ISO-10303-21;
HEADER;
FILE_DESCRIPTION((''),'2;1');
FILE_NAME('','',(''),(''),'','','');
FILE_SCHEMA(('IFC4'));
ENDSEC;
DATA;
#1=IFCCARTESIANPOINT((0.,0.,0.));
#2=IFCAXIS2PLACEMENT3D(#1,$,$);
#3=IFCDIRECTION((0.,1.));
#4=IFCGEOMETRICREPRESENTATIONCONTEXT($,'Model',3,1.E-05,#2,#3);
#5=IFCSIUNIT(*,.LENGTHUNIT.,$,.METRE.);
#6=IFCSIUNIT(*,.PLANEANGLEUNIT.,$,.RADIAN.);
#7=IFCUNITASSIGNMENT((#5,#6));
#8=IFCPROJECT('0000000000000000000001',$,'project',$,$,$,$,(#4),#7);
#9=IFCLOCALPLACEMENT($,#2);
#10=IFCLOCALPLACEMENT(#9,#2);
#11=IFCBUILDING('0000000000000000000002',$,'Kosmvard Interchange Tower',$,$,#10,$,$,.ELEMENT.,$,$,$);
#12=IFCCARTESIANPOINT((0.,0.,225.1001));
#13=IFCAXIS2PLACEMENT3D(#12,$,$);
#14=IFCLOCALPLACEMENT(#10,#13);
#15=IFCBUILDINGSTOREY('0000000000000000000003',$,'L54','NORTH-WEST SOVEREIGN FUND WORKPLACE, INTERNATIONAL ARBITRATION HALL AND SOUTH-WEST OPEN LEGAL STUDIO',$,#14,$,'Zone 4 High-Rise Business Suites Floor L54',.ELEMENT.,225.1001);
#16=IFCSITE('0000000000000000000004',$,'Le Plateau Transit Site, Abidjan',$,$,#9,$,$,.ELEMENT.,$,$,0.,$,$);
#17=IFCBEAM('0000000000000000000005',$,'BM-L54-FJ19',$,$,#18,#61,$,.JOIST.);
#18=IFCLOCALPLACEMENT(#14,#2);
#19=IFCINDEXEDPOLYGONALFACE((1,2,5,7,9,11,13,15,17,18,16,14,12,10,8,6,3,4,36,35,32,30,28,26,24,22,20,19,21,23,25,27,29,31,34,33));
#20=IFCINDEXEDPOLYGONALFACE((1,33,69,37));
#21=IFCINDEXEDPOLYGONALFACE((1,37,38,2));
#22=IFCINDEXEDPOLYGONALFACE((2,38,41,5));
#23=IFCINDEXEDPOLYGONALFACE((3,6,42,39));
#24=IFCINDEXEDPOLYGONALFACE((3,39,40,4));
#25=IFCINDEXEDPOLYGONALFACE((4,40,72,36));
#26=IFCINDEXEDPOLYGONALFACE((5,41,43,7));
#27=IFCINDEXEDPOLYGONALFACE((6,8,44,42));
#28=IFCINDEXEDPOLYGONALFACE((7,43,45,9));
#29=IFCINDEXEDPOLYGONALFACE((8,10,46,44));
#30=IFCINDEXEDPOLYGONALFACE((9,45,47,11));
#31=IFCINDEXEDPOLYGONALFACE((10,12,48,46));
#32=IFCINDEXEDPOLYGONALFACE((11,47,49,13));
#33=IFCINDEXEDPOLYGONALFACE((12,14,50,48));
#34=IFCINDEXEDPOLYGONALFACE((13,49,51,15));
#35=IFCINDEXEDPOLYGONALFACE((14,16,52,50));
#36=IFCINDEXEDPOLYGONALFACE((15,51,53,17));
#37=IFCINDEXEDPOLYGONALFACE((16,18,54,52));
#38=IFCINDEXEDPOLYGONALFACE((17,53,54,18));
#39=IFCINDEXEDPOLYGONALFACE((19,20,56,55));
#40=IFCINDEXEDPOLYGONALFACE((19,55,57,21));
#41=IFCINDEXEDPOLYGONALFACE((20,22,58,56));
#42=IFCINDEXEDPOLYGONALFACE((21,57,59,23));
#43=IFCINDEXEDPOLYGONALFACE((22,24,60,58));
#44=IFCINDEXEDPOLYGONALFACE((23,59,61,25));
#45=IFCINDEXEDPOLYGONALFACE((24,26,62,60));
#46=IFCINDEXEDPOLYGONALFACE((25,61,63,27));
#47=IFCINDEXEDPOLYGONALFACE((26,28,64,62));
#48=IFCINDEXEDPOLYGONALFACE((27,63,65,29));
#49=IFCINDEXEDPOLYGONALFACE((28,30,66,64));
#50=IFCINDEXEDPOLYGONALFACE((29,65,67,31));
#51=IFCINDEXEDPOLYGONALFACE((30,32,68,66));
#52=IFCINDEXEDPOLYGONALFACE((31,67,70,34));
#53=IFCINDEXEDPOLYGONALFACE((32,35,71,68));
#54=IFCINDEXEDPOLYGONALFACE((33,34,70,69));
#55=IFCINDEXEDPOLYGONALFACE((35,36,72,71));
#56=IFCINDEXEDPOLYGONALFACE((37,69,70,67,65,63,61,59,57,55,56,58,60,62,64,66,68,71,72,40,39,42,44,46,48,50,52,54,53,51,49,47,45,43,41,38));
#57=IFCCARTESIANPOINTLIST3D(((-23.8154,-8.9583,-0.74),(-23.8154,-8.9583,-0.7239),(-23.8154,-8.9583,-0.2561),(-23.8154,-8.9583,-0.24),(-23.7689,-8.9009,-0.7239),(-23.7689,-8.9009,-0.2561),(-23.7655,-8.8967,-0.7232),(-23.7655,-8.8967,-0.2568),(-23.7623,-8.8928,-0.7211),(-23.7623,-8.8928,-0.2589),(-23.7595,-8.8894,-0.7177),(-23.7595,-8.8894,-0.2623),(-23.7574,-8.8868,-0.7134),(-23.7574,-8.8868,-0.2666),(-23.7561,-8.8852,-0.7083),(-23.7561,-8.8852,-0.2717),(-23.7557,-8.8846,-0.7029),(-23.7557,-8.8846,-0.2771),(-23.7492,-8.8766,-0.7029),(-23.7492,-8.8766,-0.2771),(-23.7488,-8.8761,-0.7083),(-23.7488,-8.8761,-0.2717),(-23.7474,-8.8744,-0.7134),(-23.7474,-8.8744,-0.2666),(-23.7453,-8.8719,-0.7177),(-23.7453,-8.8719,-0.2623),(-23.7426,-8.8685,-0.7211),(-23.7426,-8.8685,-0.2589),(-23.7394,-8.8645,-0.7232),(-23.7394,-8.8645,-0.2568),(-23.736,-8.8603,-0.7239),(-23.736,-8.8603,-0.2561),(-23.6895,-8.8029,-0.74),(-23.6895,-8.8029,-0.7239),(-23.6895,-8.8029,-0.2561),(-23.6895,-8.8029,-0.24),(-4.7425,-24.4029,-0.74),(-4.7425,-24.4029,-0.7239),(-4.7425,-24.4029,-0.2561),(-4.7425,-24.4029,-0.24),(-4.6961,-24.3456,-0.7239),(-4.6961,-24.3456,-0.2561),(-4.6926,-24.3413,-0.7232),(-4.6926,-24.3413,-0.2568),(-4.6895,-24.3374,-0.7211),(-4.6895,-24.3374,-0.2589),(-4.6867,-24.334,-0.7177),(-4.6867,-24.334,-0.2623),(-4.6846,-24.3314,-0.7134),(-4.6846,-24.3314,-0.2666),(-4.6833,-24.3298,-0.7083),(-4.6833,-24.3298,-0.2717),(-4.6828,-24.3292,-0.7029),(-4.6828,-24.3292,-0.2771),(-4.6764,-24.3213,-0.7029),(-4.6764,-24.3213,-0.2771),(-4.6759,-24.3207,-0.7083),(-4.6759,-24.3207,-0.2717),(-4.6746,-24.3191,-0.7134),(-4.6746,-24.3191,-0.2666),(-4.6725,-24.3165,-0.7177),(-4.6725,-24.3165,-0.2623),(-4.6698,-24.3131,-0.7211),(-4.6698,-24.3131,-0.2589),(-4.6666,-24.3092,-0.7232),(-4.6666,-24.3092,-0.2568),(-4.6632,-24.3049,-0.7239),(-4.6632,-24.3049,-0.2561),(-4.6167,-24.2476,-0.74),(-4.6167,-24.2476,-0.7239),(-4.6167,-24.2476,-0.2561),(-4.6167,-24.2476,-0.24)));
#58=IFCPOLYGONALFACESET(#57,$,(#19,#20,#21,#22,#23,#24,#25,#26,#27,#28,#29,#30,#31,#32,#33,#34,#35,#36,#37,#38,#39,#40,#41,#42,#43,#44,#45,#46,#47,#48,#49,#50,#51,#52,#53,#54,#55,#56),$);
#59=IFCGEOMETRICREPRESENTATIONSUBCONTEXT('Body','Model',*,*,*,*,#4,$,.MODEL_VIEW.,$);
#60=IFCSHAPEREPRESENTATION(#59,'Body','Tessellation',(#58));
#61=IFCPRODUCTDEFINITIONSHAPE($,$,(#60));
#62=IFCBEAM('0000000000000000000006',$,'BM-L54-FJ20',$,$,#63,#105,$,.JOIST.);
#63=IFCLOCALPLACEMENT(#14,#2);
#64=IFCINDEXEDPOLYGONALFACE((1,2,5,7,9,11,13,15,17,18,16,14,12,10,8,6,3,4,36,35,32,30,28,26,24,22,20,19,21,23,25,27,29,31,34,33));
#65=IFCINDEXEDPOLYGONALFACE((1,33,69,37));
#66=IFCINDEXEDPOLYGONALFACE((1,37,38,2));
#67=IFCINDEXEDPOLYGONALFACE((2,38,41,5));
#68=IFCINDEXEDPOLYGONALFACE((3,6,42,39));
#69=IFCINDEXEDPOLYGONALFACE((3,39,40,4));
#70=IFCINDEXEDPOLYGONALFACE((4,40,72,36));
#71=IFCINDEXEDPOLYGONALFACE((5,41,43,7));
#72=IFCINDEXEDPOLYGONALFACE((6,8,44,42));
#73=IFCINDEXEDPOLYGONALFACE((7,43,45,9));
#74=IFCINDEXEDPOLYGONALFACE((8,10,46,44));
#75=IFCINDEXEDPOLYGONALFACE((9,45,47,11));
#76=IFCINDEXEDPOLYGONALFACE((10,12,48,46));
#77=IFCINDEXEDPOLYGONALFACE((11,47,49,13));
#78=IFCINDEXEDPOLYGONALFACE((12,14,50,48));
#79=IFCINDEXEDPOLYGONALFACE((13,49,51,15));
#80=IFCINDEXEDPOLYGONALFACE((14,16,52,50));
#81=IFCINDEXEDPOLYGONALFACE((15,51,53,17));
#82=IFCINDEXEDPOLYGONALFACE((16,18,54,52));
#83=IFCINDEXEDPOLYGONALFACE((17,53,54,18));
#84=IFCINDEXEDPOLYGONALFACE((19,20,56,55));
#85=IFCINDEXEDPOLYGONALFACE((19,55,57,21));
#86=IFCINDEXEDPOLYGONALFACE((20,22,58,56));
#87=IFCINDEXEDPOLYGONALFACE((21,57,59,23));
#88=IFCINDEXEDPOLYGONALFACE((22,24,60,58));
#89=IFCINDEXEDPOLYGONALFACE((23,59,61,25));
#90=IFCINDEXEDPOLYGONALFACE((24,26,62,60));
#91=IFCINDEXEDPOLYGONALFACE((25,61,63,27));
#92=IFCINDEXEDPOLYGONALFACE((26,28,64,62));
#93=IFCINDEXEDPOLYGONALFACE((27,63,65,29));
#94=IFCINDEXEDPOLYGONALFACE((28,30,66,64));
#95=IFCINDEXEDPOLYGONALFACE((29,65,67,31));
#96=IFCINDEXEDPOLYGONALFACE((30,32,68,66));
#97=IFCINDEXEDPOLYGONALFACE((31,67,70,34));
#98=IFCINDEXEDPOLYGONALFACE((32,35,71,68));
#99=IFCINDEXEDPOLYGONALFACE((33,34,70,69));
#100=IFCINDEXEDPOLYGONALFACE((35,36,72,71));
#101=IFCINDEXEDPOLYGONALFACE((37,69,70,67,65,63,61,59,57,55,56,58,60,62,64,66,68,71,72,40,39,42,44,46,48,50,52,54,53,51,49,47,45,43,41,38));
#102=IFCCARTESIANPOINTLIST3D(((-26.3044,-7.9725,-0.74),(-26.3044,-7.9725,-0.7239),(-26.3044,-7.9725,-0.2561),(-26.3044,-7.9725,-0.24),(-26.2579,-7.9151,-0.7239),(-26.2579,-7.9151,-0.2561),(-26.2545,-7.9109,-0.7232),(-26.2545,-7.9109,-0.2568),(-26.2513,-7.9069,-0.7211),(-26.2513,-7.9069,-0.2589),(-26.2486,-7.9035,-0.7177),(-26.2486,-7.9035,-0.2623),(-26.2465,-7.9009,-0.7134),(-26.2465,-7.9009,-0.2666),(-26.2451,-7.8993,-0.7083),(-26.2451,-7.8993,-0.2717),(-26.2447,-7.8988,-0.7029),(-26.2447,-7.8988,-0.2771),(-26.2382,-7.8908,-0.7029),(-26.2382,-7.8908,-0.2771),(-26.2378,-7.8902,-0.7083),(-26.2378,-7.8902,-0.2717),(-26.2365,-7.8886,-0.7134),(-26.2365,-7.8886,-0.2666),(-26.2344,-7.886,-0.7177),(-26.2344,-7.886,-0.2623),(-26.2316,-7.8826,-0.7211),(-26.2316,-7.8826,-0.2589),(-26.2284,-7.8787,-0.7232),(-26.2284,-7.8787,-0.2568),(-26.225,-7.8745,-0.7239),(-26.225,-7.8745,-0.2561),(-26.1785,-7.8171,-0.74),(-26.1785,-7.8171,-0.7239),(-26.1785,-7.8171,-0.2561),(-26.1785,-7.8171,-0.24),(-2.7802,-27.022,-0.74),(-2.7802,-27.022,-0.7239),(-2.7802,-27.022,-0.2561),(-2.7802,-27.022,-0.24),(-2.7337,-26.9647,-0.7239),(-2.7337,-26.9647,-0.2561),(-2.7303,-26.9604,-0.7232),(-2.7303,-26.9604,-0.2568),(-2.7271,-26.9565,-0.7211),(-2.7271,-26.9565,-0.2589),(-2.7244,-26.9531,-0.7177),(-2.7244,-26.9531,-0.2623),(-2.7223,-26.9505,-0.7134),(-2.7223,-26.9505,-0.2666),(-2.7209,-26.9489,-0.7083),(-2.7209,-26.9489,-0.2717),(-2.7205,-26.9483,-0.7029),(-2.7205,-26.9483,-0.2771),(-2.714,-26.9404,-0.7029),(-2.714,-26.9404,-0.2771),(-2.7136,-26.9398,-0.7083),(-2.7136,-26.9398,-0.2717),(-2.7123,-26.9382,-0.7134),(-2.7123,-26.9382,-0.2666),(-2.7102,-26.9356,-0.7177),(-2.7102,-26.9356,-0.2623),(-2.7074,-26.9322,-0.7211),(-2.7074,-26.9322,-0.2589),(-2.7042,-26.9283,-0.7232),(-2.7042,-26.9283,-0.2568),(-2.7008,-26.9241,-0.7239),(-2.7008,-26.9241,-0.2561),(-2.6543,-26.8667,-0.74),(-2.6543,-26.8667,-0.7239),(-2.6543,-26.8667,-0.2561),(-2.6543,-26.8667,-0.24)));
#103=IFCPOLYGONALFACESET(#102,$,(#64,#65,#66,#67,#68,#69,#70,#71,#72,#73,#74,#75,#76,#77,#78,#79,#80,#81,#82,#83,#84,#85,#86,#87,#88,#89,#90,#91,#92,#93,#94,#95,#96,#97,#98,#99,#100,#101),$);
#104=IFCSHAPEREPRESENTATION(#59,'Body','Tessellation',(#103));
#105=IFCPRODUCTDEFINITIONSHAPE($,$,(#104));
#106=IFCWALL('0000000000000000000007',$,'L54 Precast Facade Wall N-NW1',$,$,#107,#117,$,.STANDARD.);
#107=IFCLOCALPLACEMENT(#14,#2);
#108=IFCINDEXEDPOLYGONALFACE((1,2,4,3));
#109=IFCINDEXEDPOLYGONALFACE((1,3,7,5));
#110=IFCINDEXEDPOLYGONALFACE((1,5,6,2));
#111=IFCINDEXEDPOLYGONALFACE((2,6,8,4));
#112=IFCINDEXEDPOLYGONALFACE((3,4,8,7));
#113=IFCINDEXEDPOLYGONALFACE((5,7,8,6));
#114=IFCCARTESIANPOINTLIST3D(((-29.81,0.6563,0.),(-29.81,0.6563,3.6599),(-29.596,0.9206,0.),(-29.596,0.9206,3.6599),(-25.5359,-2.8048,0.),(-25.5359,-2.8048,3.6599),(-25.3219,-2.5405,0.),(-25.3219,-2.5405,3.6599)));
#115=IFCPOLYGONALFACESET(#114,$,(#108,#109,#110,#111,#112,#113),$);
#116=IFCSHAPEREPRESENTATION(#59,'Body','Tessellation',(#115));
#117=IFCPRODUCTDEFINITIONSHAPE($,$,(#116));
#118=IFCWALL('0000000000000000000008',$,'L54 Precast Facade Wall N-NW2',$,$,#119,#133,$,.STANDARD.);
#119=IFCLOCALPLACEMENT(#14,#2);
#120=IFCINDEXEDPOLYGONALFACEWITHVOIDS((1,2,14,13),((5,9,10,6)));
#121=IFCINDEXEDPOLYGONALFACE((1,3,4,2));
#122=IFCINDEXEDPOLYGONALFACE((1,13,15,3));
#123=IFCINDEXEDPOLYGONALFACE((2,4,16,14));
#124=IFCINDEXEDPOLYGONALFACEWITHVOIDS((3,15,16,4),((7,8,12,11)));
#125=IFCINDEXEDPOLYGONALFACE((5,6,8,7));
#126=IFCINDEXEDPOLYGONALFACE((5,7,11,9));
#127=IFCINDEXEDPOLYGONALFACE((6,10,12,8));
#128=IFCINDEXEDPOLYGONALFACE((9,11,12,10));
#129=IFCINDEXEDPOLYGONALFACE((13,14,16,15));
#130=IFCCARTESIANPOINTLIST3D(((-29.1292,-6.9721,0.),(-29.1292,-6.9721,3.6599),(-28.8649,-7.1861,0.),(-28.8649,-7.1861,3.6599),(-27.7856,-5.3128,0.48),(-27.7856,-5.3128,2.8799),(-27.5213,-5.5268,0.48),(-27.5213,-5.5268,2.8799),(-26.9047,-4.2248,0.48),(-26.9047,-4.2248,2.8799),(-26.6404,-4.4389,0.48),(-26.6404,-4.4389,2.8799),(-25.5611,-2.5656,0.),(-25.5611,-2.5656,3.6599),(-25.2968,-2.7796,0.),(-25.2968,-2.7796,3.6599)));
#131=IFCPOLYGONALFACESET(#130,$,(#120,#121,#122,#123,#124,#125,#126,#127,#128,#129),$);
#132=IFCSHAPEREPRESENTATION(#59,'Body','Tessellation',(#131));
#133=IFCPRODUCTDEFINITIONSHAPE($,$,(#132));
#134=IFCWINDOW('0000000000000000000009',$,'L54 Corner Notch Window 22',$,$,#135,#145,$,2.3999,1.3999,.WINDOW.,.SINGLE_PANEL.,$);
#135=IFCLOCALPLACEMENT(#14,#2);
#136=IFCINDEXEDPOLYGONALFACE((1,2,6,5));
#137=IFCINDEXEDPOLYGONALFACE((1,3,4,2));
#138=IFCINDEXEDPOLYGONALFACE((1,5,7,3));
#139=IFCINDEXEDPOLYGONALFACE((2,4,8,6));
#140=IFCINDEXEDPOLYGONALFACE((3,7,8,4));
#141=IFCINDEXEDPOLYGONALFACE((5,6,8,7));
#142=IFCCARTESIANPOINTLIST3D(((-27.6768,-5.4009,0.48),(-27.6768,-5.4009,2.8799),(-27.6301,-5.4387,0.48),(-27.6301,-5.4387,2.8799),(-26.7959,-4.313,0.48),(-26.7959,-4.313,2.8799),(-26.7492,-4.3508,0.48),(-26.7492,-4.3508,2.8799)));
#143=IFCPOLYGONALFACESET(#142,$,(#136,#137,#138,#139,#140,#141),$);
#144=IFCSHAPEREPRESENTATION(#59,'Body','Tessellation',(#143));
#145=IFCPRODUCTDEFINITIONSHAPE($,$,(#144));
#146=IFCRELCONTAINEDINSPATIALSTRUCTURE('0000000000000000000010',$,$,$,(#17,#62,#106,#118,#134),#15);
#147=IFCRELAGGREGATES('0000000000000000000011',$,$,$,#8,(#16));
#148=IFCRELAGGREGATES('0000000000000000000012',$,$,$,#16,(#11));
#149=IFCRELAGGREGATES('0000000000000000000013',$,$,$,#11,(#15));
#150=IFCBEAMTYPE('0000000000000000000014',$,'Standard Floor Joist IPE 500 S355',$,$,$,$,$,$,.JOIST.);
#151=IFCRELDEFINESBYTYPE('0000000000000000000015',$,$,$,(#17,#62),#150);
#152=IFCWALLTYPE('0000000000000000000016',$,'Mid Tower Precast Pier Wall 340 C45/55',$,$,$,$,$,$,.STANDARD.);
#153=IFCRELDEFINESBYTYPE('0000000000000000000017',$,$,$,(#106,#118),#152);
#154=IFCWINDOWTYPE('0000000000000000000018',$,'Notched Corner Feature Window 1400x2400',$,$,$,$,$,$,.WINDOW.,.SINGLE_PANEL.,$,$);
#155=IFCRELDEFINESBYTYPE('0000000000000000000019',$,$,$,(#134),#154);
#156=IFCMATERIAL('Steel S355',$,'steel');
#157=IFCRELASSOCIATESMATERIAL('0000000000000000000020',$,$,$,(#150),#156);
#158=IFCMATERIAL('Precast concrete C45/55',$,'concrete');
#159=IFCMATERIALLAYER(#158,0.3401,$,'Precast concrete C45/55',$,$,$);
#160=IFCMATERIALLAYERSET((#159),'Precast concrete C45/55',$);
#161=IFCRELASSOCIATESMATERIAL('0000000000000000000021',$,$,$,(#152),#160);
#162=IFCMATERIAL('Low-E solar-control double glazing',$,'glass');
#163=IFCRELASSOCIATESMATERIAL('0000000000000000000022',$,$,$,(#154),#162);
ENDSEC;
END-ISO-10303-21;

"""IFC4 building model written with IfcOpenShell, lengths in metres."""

from ifc_helpers import new_model, si_unit, direction, frame, frame_2d, origin, origin_2d, place, context, subcontext, project, spatial, rectangle, i_section, extrude, source, transform, mapped, material, layer, layer_set, material_profile, profile_set, type_object, element, fill, save


model = new_model("IFC4")

# Units and contexts
model_context = context("Model", 3, precision=1e-05, world=origin(), true_north=direction((0.0, 1.0)))
body_context = subcontext(model_context, "Body", "Model", "MODEL_VIEW")
ifc_project = project(units=[si_unit("LENGTHUNIT", "METRE"), si_unit("PLANEANGLEUNIT", "RADIAN")], contexts=[model_context])

# Site, building, storey
site_placement = place(None, origin())
site = spatial("IfcSite", under=ifc_project, at=site_placement, Name="Le Plateau Transit Site, Abidjan", CompositionType="ELEMENT", RefElevation=0.0)
building_placement = place(site_placement, origin())
building = spatial("IfcBuilding", under=site, at=building_placement, Name="Kosmvard Interchange Tower", CompositionType="ELEMENT")
storey_placement = place(building_placement, frame((0.0, 0.0, 225.1001)))
storey = spatial("IfcBuildingStorey", under=building, at=storey_placement, Name="L54", Description="NORTH-WEST SOVEREIGN FUND WORKPLACE, INTERNATIONAL ARBITRATION HALL AND SOUTH-WEST OPEN LEGAL STUDIO", LongName="Zone 4 High-Rise Business Suites Floor L54", CompositionType="ELEMENT", Elevation=225.1001)

# Beams
ifc_material_1 = material(Name="Steel S355", Category="steel")
ifc_material_profile_1 = material_profile(ifc_material_1, i_section(OverallWidth=0.2, OverallDepth=0.5, WebThickness=0.0103, FlangeThickness=0.0161, FilletRadius=0.021, at=origin_2d()), Name="IPE 500")
ifc_profile_set_1 = profile_set([ifc_material_profile_1], Name="Steel S355")
beam_type_1 = type_object("IfcBeamType", Name="Standard Floor Joist IPE 500 S355", PredefinedType="JOIST", material=ifc_profile_set_1)
shared_shape_1 = source(origin(), body_context, "Body", "SweptSolid", [
    extrude(i_section(OverallWidth=0.2, OverallDepth=0.5, WebThickness=0.0103, FlangeThickness=0.0161, FilletRadius=0.021, at=origin_2d()), origin(), (0.0, 0.0, 1.0), 24.542),
])
beam_1_placement = place(storey_placement, frame((-23.7524, -8.8806, -0.49), z_axis=(0.777151, -0.629315, 0.0), x_axis=(0.629315, 0.777151, 0.0)))
element("IfcBeam", 1, at=beam_1_placement, inside=storey, type_object=beam_type_1, Name="BM-L54-FJ19", PredefinedType="JOIST", context=body_context, shape_type="MappedRepresentation", body=[
    mapped(shared_shape_1, transform((0.0, 0.0, 0.0), scale=1.0)),
])
shared_shape_2 = source(origin(), body_context, "Body", "SweptSolid", [
    extrude(i_section(OverallWidth=0.2, OverallDepth=0.5, WebThickness=0.0103, FlangeThickness=0.0161, FilletRadius=0.021, at=origin_2d()), origin(), (0.0, 0.0, 1.0), 30.27),
])
beam_2_placement = place(storey_placement, frame((-26.2415, -7.8948, -0.49), z_axis=(0.777145, -0.629322, 0.0), x_axis=(0.629322, 0.777145, 0.0)))
element("IfcBeam", 2, at=beam_2_placement, inside=storey, type_object=beam_type_1, Name="BM-L54-FJ20", PredefinedType="JOIST", context=body_context, shape_type="MappedRepresentation", body=[
    mapped(shared_shape_2, transform((0.0, 0.0, 0.0), scale=1.0)),
])

# Wall
ifc_material_2 = material(Name="Precast concrete C45/55", Category="concrete")
ifc_layer_1 = layer(ifc_material_2, 0.3401, Name="Precast concrete C45/55")
ifc_layer_set_1 = layer_set([ifc_layer_1], Name="Precast concrete C45/55")
wall_type_1 = type_object("IfcWallType", Name="Mid Tower Precast Pier Wall 340 C45/55", PredefinedType="STANDARD", material=ifc_layer_set_1)
wall_1_placement = place(storey_placement, frame((-29.7031, 0.7886, 0.0), z_axis=(0.0, 0.0, 1.0), x_axis=(0.777144, -0.629323, 0.0)))
element("IfcWall", 3, at=wall_1_placement, inside=storey, type_object=wall_type_1, Name="L54 Precast Facade Wall N-NW1", PredefinedType="STANDARD", context=body_context, shape_type="SweptSolid", body=[
    extrude(rectangle(XDim=5.4998, YDim=0.3401, at=frame_2d((2.75, 0.0))), origin(), (0.0, 0.0, 1.0), 3.6599),
])

# Wall, opening, window
wall_2_placement = place(storey_placement, frame((-25.429, -2.6726, 0.0), z_axis=(0.0, 0.0, 1.0), x_axis=(-0.6293, -0.777163, 0.0)))
wall_2 = element("IfcWall", 4, at=wall_2_placement, inside=storey, type_object=wall_type_1, Name="L54 Precast Facade Wall N-NW2", PredefinedType="STANDARD", context=body_context, shape_type="SweptSolid", body=[
    extrude(rectangle(XDim=5.6699, YDim=0.3401, at=frame_2d((2.835, 0.0))), origin(), (0.0, 0.0, 1.0), 3.6599),
])
opening_1_placement = place(wall_2_placement, frame((2.135, 0.0, 0.48)))
opening_1 = element("IfcOpeningElement", 5, at=opening_1_placement, cuts=wall_2, PredefinedType="OPENING", context=body_context, shape_type="SweptSolid", body=[
    extrude(rectangle(XDim=1.3999, YDim=2.3999, at=frame_2d((0.7, 1.2))), frame((0.0, 0.1802, 0.0), z_axis=(0.0, -1.0, 0.0), x_axis=(1.0, 0.0, 0.0)), (0.0, 0.0, 1.0), 0.3601),
])
ifc_material_3 = material(Name="Low-E solar-control double glazing", Category="glass")
window_type_1 = type_object("IfcWindowType", Name="Notched Corner Feature Window 1400x2400", PartitioningType="SINGLE_PANEL", PredefinedType="WINDOW", material=ifc_material_3)
shared_shape_3 = source(origin(), body_context, "Body", "SweptSolid", [
    extrude(rectangle(XDim=1.3999, YDim=2.3999, at=frame_2d((0.7, 1.2))), frame((0.0, 0.03, 0.0), z_axis=(0.0, -1.0, 0.0), x_axis=(1.0, 0.0, 0.0)), (0.0, 0.0, 1.0), 0.0601),
])
window_1_placement = place(opening_1_placement, origin())
window_1 = element("IfcWindow", 6, at=window_1_placement, inside=storey, type_object=window_type_1, Name="L54 Corner Notch Window 22", OverallHeight=2.3999, OverallWidth=1.3999, PartitioningType="SINGLE_PANEL", PredefinedType="WINDOW", context=body_context, shape_type="MappedRepresentation", body=[
    mapped(shared_shape_3, transform((0.0, 0.0, 0.0), scale=1.0)),
])
fill(opening_1, window_1)

save(model, "model.ifc")
